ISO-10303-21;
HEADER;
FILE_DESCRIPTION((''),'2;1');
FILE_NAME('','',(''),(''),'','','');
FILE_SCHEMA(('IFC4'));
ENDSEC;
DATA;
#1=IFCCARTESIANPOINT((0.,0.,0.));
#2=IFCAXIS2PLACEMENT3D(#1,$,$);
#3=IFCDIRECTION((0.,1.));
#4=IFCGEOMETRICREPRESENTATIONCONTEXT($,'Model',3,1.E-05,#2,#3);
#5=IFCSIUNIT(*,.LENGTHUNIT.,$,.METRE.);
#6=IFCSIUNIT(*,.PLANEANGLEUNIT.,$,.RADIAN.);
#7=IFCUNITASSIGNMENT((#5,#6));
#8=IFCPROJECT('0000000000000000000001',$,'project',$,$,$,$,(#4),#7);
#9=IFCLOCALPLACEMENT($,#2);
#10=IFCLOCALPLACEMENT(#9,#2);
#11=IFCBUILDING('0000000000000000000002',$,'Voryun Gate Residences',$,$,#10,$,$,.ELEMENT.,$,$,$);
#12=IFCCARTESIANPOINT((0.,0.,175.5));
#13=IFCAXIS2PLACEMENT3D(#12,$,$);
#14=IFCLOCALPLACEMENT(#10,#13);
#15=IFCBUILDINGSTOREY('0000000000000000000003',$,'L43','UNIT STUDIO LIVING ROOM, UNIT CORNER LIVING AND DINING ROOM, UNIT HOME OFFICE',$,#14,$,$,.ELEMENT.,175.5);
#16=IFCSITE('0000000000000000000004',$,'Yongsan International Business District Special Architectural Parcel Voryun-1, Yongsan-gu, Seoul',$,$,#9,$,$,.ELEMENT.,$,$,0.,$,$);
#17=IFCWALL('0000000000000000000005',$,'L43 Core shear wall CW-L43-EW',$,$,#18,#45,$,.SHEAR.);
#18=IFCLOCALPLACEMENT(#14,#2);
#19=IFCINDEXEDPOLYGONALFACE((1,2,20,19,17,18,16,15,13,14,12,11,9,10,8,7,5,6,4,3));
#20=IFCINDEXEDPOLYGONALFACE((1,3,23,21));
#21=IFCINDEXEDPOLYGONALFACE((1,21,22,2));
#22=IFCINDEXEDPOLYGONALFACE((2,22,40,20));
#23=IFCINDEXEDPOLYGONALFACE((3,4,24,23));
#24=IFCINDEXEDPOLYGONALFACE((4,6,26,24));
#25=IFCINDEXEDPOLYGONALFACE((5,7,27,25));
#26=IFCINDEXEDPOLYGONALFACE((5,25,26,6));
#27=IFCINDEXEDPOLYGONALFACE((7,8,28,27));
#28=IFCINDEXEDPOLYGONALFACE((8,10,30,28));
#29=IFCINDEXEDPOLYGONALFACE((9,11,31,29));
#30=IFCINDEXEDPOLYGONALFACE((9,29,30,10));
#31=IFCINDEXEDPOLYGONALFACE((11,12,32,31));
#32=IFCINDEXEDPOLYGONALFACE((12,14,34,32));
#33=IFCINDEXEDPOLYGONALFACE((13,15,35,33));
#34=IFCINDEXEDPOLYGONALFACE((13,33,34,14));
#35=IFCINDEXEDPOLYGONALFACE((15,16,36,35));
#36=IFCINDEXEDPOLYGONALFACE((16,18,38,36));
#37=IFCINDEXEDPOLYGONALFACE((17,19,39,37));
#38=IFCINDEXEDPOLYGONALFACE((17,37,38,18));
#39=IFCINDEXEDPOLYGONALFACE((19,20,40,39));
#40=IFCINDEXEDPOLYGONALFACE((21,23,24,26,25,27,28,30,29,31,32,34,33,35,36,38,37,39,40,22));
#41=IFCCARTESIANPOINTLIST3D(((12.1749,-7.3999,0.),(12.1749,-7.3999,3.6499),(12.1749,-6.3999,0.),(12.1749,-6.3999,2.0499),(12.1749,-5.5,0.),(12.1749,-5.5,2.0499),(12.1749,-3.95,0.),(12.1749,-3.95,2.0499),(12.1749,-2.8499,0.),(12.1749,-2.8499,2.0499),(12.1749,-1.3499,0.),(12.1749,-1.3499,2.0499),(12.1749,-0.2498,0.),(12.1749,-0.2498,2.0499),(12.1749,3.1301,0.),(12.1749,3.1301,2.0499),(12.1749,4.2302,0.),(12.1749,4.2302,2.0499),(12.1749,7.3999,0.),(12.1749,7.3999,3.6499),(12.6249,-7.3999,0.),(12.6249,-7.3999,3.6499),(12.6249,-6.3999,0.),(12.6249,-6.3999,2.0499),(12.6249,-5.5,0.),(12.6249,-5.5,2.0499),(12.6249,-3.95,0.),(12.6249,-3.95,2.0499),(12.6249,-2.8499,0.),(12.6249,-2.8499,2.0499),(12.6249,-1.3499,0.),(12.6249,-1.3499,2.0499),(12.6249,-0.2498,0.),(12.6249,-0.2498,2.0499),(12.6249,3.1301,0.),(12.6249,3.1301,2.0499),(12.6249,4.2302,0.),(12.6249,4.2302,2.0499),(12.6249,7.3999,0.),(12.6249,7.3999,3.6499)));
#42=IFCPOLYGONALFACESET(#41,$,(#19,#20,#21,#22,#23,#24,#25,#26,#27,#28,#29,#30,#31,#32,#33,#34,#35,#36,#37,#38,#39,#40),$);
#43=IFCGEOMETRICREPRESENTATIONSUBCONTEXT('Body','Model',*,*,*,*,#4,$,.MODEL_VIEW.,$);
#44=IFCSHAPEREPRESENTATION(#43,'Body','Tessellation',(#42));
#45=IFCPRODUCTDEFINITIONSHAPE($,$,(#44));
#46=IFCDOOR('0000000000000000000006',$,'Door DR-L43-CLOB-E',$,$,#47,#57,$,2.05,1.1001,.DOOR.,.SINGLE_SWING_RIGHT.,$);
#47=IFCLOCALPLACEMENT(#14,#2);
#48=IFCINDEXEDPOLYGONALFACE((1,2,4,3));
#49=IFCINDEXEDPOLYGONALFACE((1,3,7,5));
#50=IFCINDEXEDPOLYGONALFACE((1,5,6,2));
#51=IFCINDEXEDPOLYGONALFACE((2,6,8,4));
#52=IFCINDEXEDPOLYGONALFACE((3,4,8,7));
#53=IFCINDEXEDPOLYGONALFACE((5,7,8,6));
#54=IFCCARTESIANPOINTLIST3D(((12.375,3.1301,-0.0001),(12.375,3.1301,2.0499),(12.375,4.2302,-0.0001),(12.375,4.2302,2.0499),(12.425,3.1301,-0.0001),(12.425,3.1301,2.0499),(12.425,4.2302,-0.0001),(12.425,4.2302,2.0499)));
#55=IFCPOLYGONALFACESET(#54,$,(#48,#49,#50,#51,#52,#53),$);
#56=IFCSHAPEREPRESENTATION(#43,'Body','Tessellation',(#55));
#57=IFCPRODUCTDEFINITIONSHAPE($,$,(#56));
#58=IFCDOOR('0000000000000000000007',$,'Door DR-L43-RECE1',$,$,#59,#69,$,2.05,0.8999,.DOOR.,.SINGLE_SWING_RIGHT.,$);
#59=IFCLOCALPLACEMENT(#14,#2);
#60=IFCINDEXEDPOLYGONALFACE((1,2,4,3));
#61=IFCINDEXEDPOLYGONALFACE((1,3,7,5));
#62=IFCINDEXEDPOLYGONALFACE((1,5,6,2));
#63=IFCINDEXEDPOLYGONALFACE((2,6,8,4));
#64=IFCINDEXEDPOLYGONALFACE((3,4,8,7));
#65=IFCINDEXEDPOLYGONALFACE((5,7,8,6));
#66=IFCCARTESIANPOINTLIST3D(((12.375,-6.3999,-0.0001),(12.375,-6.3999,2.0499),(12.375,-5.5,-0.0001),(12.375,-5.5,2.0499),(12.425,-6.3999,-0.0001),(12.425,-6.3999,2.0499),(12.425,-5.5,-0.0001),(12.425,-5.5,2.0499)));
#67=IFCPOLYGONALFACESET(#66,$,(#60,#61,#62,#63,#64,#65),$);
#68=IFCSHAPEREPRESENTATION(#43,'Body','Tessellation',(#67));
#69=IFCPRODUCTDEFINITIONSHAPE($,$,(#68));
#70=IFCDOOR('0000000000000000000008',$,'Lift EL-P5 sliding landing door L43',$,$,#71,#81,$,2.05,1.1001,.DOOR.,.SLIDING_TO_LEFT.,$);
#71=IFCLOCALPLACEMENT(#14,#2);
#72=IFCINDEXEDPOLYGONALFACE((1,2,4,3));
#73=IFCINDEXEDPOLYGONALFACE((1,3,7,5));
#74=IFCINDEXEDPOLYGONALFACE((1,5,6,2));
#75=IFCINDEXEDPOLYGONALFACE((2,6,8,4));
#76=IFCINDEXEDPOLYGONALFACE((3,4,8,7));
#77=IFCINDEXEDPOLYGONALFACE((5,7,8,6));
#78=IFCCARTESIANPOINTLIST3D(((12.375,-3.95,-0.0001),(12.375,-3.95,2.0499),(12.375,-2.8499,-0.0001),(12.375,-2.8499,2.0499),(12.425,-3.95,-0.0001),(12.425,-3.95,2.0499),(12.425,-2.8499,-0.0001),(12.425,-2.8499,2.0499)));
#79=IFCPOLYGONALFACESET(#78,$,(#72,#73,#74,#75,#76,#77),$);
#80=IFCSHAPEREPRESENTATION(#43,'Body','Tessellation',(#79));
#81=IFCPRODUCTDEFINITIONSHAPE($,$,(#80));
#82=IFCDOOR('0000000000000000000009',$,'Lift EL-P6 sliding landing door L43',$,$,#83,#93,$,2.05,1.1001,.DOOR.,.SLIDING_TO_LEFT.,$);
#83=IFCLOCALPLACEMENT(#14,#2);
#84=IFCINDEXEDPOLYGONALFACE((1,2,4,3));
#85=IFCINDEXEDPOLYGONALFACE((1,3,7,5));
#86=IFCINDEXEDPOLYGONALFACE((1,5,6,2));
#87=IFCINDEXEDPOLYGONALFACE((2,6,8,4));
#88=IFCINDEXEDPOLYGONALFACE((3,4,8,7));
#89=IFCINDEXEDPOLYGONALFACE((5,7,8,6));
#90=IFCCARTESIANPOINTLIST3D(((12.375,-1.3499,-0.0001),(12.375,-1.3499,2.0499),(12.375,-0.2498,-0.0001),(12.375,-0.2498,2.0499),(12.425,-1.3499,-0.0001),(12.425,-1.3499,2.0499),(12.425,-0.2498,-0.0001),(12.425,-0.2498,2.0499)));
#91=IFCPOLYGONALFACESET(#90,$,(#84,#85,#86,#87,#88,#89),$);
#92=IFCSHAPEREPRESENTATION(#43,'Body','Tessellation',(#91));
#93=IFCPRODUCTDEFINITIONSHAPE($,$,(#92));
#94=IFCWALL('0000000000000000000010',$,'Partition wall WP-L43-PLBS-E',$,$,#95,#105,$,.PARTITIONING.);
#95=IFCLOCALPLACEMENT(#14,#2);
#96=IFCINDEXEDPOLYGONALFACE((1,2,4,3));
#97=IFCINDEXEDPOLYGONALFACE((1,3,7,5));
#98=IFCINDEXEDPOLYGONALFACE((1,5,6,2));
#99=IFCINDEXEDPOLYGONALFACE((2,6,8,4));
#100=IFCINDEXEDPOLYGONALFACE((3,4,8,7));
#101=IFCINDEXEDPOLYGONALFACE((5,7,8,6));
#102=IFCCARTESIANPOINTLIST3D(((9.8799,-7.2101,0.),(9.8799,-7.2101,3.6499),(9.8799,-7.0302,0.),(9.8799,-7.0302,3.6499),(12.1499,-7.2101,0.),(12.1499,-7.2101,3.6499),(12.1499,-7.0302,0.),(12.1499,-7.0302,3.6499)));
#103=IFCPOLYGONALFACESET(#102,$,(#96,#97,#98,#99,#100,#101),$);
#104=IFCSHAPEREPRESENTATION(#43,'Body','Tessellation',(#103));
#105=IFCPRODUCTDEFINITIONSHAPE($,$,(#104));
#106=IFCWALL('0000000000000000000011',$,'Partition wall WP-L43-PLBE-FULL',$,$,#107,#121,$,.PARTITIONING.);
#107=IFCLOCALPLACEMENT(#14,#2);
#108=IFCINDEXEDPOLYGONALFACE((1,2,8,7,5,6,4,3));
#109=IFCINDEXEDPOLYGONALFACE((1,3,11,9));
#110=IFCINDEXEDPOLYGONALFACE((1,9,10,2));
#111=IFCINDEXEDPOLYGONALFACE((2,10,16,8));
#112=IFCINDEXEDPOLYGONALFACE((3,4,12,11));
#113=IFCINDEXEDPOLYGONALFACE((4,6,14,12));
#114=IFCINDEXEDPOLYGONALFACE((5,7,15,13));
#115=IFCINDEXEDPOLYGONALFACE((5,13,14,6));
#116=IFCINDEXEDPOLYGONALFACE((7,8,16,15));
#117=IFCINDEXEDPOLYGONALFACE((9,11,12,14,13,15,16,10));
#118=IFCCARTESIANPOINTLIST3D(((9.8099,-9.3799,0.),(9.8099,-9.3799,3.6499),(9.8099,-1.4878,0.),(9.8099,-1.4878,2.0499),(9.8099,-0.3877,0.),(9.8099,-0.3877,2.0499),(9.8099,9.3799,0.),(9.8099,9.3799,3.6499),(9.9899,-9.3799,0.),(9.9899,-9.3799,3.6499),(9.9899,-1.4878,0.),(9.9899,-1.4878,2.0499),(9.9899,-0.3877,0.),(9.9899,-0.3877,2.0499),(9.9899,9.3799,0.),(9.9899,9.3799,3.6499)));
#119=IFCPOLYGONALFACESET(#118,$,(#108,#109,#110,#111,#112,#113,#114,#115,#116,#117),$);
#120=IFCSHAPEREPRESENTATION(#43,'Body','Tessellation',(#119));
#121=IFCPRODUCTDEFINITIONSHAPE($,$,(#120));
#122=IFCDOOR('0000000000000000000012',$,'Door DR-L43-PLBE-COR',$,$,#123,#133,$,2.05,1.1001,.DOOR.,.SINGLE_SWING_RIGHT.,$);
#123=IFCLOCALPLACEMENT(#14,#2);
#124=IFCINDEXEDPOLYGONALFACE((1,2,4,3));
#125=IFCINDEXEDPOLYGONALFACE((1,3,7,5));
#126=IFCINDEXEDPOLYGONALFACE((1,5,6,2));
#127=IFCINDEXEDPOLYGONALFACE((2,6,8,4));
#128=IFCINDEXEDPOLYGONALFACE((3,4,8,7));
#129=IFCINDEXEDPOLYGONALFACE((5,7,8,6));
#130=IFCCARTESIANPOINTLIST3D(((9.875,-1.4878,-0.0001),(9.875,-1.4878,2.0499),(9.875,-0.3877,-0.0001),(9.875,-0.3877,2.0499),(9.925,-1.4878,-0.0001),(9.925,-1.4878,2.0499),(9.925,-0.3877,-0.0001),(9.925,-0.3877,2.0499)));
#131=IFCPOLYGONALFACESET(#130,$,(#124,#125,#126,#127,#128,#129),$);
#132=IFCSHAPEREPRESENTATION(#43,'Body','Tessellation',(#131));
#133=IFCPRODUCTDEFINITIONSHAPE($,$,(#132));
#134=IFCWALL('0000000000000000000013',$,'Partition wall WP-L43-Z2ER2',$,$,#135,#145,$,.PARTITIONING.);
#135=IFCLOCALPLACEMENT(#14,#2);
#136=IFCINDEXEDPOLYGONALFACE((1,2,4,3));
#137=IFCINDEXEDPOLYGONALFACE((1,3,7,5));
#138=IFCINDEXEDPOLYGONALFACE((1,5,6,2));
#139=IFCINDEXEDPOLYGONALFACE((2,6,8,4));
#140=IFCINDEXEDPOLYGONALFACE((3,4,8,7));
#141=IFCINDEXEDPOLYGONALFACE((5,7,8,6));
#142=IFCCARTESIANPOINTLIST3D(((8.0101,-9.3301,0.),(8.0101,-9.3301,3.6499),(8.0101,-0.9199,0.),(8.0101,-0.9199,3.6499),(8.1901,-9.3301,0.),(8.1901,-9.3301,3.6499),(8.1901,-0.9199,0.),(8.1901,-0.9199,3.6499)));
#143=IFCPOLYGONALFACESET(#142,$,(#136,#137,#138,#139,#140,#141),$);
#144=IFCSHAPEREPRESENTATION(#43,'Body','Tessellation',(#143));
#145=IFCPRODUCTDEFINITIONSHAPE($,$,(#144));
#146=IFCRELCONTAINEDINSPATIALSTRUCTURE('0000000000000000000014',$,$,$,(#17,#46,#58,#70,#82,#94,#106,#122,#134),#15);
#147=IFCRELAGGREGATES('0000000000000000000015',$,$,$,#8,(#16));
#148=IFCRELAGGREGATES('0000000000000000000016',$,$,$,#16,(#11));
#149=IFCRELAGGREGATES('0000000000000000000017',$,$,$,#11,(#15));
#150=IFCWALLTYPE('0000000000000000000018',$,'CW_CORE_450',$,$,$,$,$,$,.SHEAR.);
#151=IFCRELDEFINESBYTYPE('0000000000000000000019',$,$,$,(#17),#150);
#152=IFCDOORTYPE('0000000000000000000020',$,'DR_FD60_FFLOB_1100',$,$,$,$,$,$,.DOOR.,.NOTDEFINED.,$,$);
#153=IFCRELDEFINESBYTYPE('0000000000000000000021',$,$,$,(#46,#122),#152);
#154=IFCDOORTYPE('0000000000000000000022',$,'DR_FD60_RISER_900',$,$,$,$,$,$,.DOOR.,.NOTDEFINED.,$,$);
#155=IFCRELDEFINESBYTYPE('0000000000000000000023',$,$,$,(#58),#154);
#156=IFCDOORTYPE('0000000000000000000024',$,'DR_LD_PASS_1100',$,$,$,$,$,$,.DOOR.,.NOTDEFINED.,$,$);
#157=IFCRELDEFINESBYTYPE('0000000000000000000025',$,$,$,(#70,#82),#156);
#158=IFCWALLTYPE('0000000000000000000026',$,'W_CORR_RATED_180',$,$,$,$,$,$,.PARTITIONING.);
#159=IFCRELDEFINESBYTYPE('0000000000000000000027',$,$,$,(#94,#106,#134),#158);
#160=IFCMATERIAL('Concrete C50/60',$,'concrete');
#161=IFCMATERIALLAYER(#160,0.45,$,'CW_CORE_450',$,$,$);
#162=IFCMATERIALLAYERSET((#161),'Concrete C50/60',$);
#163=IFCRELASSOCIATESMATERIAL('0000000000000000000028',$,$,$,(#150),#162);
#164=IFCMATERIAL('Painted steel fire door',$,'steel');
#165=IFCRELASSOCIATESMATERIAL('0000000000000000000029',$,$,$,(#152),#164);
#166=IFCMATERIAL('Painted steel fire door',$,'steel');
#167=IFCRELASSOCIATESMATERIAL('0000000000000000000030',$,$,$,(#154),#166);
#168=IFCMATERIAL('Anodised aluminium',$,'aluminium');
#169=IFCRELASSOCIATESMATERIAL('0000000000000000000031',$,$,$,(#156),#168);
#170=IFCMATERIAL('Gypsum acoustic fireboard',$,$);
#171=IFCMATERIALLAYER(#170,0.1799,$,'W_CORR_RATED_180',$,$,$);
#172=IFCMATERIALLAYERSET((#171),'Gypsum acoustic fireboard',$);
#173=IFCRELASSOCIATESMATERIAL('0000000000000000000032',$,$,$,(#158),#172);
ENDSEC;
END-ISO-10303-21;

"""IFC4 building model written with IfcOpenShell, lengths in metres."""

from ifc_helpers import new_model, si_unit, direction, frame, frame_2d, origin, place, context, subcontext, project, spatial, rectangle, extrude, material, layer, layer_set, type_object, element, fill, save


model = new_model("IFC4")

# Units and contexts
model_context = context("Model", 3, precision=1e-05, world=origin(), true_north=direction((0.0, 1.0)))
body_context = subcontext(model_context, "Body", "Model", "MODEL_VIEW")
ifc_project = project(units=[si_unit("LENGTHUNIT", "METRE"), si_unit("PLANEANGLEUNIT", "RADIAN")], contexts=[model_context])

# Site, building, storey
site_placement = place(None, origin())
site = spatial("IfcSite", under=ifc_project, at=site_placement, Name="Yongsan International Business District Special Architectural Parcel Voryun-1, Yongsan-gu, Seoul", CompositionType="ELEMENT", RefElevation=0.0)
building_placement = place(site_placement, origin())
building = spatial("IfcBuilding", under=site, at=building_placement, Name="Voryun Gate Residences", CompositionType="ELEMENT")
storey_placement = place(building_placement, frame((0.0, 0.0, 175.5)))
storey = spatial("IfcBuildingStorey", under=building, at=storey_placement, Name="L43", Description="UNIT STUDIO LIVING ROOM, UNIT CORNER LIVING AND DINING ROOM, UNIT HOME OFFICE", CompositionType="ELEMENT", Elevation=175.5)

# Shared definitions
ifc_material_1 = material(Name="Concrete C50/60", Category="concrete")
ifc_layer_1 = layer(ifc_material_1, 0.45, Name="CW_CORE_450")
ifc_layer_set_1 = layer_set([ifc_layer_1], Name="Concrete C50/60")
wall_type_1 = type_object("IfcWallType", Name="CW_CORE_450", PredefinedType="SHEAR", material=ifc_layer_set_1)

# Wall, openings, doors
wall_1_placement = place(storey_placement, frame((12.3999, -7.3999, 0.0), z_axis=(0.0, 0.0, 1.0), x_axis=(0.0, 1.0, 0.0)))
wall_1 = element("IfcWall", 1, at=wall_1_placement, inside=storey, type_object=wall_type_1, Name="L43 Core shear wall CW-L43-EW", PredefinedType="SHEAR", context=body_context, shape_type="SweptSolid", body=[
    extrude(rectangle(XDim=14.7998, YDim=0.45, at=frame_2d((7.3999, 0.0))), origin(), (0.0, 0.0, 1.0), 3.6499),
])
opening_1_placement = place(wall_1_placement, frame((3.45, 0.0, 0.0)))
opening_1 = element("IfcOpeningElement", 2, at=opening_1_placement, cuts=wall_1, PredefinedType="OPENING", context=body_context, shape_type="SweptSolid", body=[
    extrude(rectangle(XDim=1.1001, YDim=2.05, at=frame_2d((0.55, 1.0249))), frame((0.0, 0.2351, 0.0), z_axis=(0.0, -1.0, 0.0), x_axis=(1.0, 0.0, 0.0)), (0.0, 0.0, 1.0), 0.47),
])
opening_2_placement = place(wall_1_placement, frame((6.05, 0.0, 0.0)))
opening_2 = element("IfcOpeningElement", 3, at=opening_2_placement, cuts=wall_1, PredefinedType="OPENING", context=body_context, shape_type="SweptSolid", body=[
    extrude(rectangle(XDim=1.1001, YDim=2.05, at=frame_2d((0.55, 1.0249))), frame((0.0, 0.2351, 0.0), z_axis=(0.0, -1.0, 0.0), x_axis=(1.0, 0.0, 0.0)), (0.0, 0.0, 1.0), 0.47),
])
opening_3_placement = place(wall_1_placement, frame((10.53, 0.0, 0.0)))
opening_3 = element("IfcOpeningElement", 4, at=opening_3_placement, cuts=wall_1, PredefinedType="OPENING", context=body_context, shape_type="SweptSolid", body=[
    extrude(rectangle(XDim=1.1001, YDim=2.05, at=frame_2d((0.55, 1.0249))), frame((0.0, 0.2351, 0.0), z_axis=(0.0, -1.0, 0.0), x_axis=(1.0, 0.0, 0.0)), (0.0, 0.0, 1.0), 0.47),
])
opening_4_placement = place(wall_1_placement, frame((1.0, 0.0, 0.0)))
opening_4 = element("IfcOpeningElement", 5, at=opening_4_placement, cuts=wall_1, PredefinedType="OPENING", context=body_context, shape_type="SweptSolid", body=[
    extrude(rectangle(XDim=0.8999, YDim=2.05, at=frame_2d((0.45, 1.0249))), frame((0.0, 0.2351, 0.0), z_axis=(0.0, -1.0, 0.0), x_axis=(1.0, 0.0, 0.0)), (0.0, 0.0, 1.0), 0.47),
])
ifc_material_2 = material(Name="Painted steel fire door", Category="steel")
door_type_1 = type_object("IfcDoorType", Name="DR_FD60_FFLOB_1100", OperationType="NOTDEFINED", PredefinedType="DOOR", material=ifc_material_2)
door_1_placement = place(opening_3_placement, origin())
door_1 = element("IfcDoor", 6, at=door_1_placement, inside=storey, type_object=door_type_1, Name="Door DR-L43-CLOB-E", OperationType="SINGLE_SWING_RIGHT", OverallHeight=2.05, OverallWidth=1.1001, PredefinedType="DOOR", context=body_context, shape_type="SweptSolid", body=[
    extrude(rectangle(XDim=1.1001, YDim=2.05, at=frame_2d((0.55, 1.0249))), frame((0.0, 0.0249, 0.0), z_axis=(0.0, -1.0, 0.0), x_axis=(1.0, 0.0, 0.0)), (0.0, 0.0, 1.0), 0.05),
])
fill(opening_3, door_1)
ifc_material_3 = material(Name="Painted steel fire door", Category="steel")
door_type_2 = type_object("IfcDoorType", Name="DR_FD60_RISER_900", OperationType="NOTDEFINED", PredefinedType="DOOR", material=ifc_material_3)
door_2_placement = place(opening_4_placement, origin())
door_2 = element("IfcDoor", 7, at=door_2_placement, inside=storey, type_object=door_type_2, Name="Door DR-L43-RECE1", OperationType="SINGLE_SWING_RIGHT", OverallHeight=2.05, OverallWidth=0.8999, PredefinedType="DOOR", context=body_context, shape_type="SweptSolid", body=[
    extrude(rectangle(XDim=0.8999, YDim=2.05, at=frame_2d((0.45, 1.0249))), frame((0.0, 0.0249, 0.0), z_axis=(0.0, -1.0, 0.0), x_axis=(1.0, 0.0, 0.0)), (0.0, 0.0, 1.0), 0.05),
])
fill(opening_4, door_2)
ifc_material_4 = material(Name="Anodised aluminium", Category="aluminium")
door_type_3 = type_object("IfcDoorType", Name="DR_LD_PASS_1100", OperationType="NOTDEFINED", PredefinedType="DOOR", material=ifc_material_4)
door_3_placement = place(opening_1_placement, origin())
door_3 = element("IfcDoor", 8, at=door_3_placement, inside=storey, type_object=door_type_3, Name="Lift EL-P5 sliding landing door L43", OperationType="SLIDING_TO_LEFT", OverallHeight=2.05, OverallWidth=1.1001, PredefinedType="DOOR", context=body_context, shape_type="SweptSolid", body=[
    extrude(rectangle(XDim=1.1001, YDim=2.05, at=frame_2d((0.55, 1.0249))), frame((0.0, 0.0249, 0.0), z_axis=(0.0, -1.0, 0.0), x_axis=(1.0, 0.0, 0.0)), (0.0, 0.0, 1.0), 0.05),
])
fill(opening_1, door_3)
door_4_placement = place(opening_2_placement, origin())
door_4 = element("IfcDoor", 9, at=door_4_placement, inside=storey, type_object=door_type_3, Name="Lift EL-P6 sliding landing door L43", OperationType="SLIDING_TO_LEFT", OverallHeight=2.05, OverallWidth=1.1001, PredefinedType="DOOR", context=body_context, shape_type="SweptSolid", body=[
    extrude(rectangle(XDim=1.1001, YDim=2.05, at=frame_2d((0.55, 1.0249))), frame((0.0, 0.0249, 0.0), z_axis=(0.0, -1.0, 0.0), x_axis=(1.0, 0.0, 0.0)), (0.0, 0.0, 1.0), 0.05),
])
fill(opening_2, door_4)

# Wall
ifc_material_5 = material(Name="Gypsum acoustic fireboard")
ifc_layer_2 = layer(ifc_material_5, 0.1799, Name="W_CORR_RATED_180")
ifc_layer_set_2 = layer_set([ifc_layer_2], Name="Gypsum acoustic fireboard")
wall_type_2 = type_object("IfcWallType", Name="W_CORR_RATED_180", PredefinedType="PARTITIONING", material=ifc_layer_set_2)
wall_2_placement = place(storey_placement, frame((9.8799, -7.1201, 0.0), z_axis=(0.0, 0.0, 1.0), x_axis=(1.0, 0.0, 0.0)))
element("IfcWall", 10, at=wall_2_placement, inside=storey, type_object=wall_type_2, Name="Partition wall WP-L43-PLBS-E", PredefinedType="PARTITIONING", context=body_context, shape_type="SweptSolid", body=[
    extrude(rectangle(XDim=2.27, YDim=0.1799, at=frame_2d((1.135, 0.0))), origin(), (0.0, 0.0, 1.0), 3.6499),
])

# Wall, opening, door
wall_3_placement = place(storey_placement, frame((9.8999, -9.3799, 0.0), z_axis=(0.0, 0.0, 1.0), x_axis=(0.0, 1.0, 0.0)))
wall_3 = element("IfcWall", 11, at=wall_3_placement, inside=storey, type_object=wall_type_2, Name="Partition wall WP-L43-PLBE-FULL", PredefinedType="PARTITIONING", context=body_context, shape_type="SweptSolid", body=[
    extrude(rectangle(XDim=18.7598, YDim=0.1799, at=frame_2d((9.3799, 0.0))), origin(), (0.0, 0.0, 1.0), 3.6499),
])
opening_5_placement = place(wall_3_placement, frame((7.8921, 0.0, 0.0)))
opening_5 = element("IfcOpeningElement", 12, at=opening_5_placement, cuts=wall_3, PredefinedType="OPENING", context=body_context, shape_type="SweptSolid", body=[
    extrude(rectangle(XDim=1.1001, YDim=2.05, at=frame_2d((0.55, 1.0249))), frame((0.0, 0.0999, 0.0), z_axis=(0.0, -1.0, 0.0), x_axis=(1.0, 0.0, 0.0)), (0.0, 0.0, 1.0), 0.2),
])
door_5_placement = place(opening_5_placement, origin())
door_5 = element("IfcDoor", 13, at=door_5_placement, inside=storey, type_object=door_type_1, Name="Door DR-L43-PLBE-COR", OperationType="SINGLE_SWING_RIGHT", OverallHeight=2.05, OverallWidth=1.1001, PredefinedType="DOOR", context=body_context, shape_type="SweptSolid", body=[
    extrude(rectangle(XDim=1.1001, YDim=2.05, at=frame_2d((0.55, 1.0249))), frame((0.0, 0.0249, 0.0), z_axis=(0.0, -1.0, 0.0), x_axis=(1.0, 0.0, 0.0)), (0.0, 0.0, 1.0), 0.05),
])
fill(opening_5, door_5)

# Wall
wall_4_placement = place(storey_placement, frame((8.1001, -9.3301, 0.0), z_axis=(0.0, 0.0, 1.0), x_axis=(0.0, 1.0, 0.0)))
element("IfcWall", 14, at=wall_4_placement, inside=storey, type_object=wall_type_2, Name="Partition wall WP-L43-Z2ER2", PredefinedType="PARTITIONING", context=body_context, shape_type="SweptSolid", body=[
    extrude(rectangle(XDim=8.4102, YDim=0.1799, at=frame_2d((4.2051, 0.0))), origin(), (0.0, 0.0, 1.0), 3.6499),
])

save(model, "model.ifc")
